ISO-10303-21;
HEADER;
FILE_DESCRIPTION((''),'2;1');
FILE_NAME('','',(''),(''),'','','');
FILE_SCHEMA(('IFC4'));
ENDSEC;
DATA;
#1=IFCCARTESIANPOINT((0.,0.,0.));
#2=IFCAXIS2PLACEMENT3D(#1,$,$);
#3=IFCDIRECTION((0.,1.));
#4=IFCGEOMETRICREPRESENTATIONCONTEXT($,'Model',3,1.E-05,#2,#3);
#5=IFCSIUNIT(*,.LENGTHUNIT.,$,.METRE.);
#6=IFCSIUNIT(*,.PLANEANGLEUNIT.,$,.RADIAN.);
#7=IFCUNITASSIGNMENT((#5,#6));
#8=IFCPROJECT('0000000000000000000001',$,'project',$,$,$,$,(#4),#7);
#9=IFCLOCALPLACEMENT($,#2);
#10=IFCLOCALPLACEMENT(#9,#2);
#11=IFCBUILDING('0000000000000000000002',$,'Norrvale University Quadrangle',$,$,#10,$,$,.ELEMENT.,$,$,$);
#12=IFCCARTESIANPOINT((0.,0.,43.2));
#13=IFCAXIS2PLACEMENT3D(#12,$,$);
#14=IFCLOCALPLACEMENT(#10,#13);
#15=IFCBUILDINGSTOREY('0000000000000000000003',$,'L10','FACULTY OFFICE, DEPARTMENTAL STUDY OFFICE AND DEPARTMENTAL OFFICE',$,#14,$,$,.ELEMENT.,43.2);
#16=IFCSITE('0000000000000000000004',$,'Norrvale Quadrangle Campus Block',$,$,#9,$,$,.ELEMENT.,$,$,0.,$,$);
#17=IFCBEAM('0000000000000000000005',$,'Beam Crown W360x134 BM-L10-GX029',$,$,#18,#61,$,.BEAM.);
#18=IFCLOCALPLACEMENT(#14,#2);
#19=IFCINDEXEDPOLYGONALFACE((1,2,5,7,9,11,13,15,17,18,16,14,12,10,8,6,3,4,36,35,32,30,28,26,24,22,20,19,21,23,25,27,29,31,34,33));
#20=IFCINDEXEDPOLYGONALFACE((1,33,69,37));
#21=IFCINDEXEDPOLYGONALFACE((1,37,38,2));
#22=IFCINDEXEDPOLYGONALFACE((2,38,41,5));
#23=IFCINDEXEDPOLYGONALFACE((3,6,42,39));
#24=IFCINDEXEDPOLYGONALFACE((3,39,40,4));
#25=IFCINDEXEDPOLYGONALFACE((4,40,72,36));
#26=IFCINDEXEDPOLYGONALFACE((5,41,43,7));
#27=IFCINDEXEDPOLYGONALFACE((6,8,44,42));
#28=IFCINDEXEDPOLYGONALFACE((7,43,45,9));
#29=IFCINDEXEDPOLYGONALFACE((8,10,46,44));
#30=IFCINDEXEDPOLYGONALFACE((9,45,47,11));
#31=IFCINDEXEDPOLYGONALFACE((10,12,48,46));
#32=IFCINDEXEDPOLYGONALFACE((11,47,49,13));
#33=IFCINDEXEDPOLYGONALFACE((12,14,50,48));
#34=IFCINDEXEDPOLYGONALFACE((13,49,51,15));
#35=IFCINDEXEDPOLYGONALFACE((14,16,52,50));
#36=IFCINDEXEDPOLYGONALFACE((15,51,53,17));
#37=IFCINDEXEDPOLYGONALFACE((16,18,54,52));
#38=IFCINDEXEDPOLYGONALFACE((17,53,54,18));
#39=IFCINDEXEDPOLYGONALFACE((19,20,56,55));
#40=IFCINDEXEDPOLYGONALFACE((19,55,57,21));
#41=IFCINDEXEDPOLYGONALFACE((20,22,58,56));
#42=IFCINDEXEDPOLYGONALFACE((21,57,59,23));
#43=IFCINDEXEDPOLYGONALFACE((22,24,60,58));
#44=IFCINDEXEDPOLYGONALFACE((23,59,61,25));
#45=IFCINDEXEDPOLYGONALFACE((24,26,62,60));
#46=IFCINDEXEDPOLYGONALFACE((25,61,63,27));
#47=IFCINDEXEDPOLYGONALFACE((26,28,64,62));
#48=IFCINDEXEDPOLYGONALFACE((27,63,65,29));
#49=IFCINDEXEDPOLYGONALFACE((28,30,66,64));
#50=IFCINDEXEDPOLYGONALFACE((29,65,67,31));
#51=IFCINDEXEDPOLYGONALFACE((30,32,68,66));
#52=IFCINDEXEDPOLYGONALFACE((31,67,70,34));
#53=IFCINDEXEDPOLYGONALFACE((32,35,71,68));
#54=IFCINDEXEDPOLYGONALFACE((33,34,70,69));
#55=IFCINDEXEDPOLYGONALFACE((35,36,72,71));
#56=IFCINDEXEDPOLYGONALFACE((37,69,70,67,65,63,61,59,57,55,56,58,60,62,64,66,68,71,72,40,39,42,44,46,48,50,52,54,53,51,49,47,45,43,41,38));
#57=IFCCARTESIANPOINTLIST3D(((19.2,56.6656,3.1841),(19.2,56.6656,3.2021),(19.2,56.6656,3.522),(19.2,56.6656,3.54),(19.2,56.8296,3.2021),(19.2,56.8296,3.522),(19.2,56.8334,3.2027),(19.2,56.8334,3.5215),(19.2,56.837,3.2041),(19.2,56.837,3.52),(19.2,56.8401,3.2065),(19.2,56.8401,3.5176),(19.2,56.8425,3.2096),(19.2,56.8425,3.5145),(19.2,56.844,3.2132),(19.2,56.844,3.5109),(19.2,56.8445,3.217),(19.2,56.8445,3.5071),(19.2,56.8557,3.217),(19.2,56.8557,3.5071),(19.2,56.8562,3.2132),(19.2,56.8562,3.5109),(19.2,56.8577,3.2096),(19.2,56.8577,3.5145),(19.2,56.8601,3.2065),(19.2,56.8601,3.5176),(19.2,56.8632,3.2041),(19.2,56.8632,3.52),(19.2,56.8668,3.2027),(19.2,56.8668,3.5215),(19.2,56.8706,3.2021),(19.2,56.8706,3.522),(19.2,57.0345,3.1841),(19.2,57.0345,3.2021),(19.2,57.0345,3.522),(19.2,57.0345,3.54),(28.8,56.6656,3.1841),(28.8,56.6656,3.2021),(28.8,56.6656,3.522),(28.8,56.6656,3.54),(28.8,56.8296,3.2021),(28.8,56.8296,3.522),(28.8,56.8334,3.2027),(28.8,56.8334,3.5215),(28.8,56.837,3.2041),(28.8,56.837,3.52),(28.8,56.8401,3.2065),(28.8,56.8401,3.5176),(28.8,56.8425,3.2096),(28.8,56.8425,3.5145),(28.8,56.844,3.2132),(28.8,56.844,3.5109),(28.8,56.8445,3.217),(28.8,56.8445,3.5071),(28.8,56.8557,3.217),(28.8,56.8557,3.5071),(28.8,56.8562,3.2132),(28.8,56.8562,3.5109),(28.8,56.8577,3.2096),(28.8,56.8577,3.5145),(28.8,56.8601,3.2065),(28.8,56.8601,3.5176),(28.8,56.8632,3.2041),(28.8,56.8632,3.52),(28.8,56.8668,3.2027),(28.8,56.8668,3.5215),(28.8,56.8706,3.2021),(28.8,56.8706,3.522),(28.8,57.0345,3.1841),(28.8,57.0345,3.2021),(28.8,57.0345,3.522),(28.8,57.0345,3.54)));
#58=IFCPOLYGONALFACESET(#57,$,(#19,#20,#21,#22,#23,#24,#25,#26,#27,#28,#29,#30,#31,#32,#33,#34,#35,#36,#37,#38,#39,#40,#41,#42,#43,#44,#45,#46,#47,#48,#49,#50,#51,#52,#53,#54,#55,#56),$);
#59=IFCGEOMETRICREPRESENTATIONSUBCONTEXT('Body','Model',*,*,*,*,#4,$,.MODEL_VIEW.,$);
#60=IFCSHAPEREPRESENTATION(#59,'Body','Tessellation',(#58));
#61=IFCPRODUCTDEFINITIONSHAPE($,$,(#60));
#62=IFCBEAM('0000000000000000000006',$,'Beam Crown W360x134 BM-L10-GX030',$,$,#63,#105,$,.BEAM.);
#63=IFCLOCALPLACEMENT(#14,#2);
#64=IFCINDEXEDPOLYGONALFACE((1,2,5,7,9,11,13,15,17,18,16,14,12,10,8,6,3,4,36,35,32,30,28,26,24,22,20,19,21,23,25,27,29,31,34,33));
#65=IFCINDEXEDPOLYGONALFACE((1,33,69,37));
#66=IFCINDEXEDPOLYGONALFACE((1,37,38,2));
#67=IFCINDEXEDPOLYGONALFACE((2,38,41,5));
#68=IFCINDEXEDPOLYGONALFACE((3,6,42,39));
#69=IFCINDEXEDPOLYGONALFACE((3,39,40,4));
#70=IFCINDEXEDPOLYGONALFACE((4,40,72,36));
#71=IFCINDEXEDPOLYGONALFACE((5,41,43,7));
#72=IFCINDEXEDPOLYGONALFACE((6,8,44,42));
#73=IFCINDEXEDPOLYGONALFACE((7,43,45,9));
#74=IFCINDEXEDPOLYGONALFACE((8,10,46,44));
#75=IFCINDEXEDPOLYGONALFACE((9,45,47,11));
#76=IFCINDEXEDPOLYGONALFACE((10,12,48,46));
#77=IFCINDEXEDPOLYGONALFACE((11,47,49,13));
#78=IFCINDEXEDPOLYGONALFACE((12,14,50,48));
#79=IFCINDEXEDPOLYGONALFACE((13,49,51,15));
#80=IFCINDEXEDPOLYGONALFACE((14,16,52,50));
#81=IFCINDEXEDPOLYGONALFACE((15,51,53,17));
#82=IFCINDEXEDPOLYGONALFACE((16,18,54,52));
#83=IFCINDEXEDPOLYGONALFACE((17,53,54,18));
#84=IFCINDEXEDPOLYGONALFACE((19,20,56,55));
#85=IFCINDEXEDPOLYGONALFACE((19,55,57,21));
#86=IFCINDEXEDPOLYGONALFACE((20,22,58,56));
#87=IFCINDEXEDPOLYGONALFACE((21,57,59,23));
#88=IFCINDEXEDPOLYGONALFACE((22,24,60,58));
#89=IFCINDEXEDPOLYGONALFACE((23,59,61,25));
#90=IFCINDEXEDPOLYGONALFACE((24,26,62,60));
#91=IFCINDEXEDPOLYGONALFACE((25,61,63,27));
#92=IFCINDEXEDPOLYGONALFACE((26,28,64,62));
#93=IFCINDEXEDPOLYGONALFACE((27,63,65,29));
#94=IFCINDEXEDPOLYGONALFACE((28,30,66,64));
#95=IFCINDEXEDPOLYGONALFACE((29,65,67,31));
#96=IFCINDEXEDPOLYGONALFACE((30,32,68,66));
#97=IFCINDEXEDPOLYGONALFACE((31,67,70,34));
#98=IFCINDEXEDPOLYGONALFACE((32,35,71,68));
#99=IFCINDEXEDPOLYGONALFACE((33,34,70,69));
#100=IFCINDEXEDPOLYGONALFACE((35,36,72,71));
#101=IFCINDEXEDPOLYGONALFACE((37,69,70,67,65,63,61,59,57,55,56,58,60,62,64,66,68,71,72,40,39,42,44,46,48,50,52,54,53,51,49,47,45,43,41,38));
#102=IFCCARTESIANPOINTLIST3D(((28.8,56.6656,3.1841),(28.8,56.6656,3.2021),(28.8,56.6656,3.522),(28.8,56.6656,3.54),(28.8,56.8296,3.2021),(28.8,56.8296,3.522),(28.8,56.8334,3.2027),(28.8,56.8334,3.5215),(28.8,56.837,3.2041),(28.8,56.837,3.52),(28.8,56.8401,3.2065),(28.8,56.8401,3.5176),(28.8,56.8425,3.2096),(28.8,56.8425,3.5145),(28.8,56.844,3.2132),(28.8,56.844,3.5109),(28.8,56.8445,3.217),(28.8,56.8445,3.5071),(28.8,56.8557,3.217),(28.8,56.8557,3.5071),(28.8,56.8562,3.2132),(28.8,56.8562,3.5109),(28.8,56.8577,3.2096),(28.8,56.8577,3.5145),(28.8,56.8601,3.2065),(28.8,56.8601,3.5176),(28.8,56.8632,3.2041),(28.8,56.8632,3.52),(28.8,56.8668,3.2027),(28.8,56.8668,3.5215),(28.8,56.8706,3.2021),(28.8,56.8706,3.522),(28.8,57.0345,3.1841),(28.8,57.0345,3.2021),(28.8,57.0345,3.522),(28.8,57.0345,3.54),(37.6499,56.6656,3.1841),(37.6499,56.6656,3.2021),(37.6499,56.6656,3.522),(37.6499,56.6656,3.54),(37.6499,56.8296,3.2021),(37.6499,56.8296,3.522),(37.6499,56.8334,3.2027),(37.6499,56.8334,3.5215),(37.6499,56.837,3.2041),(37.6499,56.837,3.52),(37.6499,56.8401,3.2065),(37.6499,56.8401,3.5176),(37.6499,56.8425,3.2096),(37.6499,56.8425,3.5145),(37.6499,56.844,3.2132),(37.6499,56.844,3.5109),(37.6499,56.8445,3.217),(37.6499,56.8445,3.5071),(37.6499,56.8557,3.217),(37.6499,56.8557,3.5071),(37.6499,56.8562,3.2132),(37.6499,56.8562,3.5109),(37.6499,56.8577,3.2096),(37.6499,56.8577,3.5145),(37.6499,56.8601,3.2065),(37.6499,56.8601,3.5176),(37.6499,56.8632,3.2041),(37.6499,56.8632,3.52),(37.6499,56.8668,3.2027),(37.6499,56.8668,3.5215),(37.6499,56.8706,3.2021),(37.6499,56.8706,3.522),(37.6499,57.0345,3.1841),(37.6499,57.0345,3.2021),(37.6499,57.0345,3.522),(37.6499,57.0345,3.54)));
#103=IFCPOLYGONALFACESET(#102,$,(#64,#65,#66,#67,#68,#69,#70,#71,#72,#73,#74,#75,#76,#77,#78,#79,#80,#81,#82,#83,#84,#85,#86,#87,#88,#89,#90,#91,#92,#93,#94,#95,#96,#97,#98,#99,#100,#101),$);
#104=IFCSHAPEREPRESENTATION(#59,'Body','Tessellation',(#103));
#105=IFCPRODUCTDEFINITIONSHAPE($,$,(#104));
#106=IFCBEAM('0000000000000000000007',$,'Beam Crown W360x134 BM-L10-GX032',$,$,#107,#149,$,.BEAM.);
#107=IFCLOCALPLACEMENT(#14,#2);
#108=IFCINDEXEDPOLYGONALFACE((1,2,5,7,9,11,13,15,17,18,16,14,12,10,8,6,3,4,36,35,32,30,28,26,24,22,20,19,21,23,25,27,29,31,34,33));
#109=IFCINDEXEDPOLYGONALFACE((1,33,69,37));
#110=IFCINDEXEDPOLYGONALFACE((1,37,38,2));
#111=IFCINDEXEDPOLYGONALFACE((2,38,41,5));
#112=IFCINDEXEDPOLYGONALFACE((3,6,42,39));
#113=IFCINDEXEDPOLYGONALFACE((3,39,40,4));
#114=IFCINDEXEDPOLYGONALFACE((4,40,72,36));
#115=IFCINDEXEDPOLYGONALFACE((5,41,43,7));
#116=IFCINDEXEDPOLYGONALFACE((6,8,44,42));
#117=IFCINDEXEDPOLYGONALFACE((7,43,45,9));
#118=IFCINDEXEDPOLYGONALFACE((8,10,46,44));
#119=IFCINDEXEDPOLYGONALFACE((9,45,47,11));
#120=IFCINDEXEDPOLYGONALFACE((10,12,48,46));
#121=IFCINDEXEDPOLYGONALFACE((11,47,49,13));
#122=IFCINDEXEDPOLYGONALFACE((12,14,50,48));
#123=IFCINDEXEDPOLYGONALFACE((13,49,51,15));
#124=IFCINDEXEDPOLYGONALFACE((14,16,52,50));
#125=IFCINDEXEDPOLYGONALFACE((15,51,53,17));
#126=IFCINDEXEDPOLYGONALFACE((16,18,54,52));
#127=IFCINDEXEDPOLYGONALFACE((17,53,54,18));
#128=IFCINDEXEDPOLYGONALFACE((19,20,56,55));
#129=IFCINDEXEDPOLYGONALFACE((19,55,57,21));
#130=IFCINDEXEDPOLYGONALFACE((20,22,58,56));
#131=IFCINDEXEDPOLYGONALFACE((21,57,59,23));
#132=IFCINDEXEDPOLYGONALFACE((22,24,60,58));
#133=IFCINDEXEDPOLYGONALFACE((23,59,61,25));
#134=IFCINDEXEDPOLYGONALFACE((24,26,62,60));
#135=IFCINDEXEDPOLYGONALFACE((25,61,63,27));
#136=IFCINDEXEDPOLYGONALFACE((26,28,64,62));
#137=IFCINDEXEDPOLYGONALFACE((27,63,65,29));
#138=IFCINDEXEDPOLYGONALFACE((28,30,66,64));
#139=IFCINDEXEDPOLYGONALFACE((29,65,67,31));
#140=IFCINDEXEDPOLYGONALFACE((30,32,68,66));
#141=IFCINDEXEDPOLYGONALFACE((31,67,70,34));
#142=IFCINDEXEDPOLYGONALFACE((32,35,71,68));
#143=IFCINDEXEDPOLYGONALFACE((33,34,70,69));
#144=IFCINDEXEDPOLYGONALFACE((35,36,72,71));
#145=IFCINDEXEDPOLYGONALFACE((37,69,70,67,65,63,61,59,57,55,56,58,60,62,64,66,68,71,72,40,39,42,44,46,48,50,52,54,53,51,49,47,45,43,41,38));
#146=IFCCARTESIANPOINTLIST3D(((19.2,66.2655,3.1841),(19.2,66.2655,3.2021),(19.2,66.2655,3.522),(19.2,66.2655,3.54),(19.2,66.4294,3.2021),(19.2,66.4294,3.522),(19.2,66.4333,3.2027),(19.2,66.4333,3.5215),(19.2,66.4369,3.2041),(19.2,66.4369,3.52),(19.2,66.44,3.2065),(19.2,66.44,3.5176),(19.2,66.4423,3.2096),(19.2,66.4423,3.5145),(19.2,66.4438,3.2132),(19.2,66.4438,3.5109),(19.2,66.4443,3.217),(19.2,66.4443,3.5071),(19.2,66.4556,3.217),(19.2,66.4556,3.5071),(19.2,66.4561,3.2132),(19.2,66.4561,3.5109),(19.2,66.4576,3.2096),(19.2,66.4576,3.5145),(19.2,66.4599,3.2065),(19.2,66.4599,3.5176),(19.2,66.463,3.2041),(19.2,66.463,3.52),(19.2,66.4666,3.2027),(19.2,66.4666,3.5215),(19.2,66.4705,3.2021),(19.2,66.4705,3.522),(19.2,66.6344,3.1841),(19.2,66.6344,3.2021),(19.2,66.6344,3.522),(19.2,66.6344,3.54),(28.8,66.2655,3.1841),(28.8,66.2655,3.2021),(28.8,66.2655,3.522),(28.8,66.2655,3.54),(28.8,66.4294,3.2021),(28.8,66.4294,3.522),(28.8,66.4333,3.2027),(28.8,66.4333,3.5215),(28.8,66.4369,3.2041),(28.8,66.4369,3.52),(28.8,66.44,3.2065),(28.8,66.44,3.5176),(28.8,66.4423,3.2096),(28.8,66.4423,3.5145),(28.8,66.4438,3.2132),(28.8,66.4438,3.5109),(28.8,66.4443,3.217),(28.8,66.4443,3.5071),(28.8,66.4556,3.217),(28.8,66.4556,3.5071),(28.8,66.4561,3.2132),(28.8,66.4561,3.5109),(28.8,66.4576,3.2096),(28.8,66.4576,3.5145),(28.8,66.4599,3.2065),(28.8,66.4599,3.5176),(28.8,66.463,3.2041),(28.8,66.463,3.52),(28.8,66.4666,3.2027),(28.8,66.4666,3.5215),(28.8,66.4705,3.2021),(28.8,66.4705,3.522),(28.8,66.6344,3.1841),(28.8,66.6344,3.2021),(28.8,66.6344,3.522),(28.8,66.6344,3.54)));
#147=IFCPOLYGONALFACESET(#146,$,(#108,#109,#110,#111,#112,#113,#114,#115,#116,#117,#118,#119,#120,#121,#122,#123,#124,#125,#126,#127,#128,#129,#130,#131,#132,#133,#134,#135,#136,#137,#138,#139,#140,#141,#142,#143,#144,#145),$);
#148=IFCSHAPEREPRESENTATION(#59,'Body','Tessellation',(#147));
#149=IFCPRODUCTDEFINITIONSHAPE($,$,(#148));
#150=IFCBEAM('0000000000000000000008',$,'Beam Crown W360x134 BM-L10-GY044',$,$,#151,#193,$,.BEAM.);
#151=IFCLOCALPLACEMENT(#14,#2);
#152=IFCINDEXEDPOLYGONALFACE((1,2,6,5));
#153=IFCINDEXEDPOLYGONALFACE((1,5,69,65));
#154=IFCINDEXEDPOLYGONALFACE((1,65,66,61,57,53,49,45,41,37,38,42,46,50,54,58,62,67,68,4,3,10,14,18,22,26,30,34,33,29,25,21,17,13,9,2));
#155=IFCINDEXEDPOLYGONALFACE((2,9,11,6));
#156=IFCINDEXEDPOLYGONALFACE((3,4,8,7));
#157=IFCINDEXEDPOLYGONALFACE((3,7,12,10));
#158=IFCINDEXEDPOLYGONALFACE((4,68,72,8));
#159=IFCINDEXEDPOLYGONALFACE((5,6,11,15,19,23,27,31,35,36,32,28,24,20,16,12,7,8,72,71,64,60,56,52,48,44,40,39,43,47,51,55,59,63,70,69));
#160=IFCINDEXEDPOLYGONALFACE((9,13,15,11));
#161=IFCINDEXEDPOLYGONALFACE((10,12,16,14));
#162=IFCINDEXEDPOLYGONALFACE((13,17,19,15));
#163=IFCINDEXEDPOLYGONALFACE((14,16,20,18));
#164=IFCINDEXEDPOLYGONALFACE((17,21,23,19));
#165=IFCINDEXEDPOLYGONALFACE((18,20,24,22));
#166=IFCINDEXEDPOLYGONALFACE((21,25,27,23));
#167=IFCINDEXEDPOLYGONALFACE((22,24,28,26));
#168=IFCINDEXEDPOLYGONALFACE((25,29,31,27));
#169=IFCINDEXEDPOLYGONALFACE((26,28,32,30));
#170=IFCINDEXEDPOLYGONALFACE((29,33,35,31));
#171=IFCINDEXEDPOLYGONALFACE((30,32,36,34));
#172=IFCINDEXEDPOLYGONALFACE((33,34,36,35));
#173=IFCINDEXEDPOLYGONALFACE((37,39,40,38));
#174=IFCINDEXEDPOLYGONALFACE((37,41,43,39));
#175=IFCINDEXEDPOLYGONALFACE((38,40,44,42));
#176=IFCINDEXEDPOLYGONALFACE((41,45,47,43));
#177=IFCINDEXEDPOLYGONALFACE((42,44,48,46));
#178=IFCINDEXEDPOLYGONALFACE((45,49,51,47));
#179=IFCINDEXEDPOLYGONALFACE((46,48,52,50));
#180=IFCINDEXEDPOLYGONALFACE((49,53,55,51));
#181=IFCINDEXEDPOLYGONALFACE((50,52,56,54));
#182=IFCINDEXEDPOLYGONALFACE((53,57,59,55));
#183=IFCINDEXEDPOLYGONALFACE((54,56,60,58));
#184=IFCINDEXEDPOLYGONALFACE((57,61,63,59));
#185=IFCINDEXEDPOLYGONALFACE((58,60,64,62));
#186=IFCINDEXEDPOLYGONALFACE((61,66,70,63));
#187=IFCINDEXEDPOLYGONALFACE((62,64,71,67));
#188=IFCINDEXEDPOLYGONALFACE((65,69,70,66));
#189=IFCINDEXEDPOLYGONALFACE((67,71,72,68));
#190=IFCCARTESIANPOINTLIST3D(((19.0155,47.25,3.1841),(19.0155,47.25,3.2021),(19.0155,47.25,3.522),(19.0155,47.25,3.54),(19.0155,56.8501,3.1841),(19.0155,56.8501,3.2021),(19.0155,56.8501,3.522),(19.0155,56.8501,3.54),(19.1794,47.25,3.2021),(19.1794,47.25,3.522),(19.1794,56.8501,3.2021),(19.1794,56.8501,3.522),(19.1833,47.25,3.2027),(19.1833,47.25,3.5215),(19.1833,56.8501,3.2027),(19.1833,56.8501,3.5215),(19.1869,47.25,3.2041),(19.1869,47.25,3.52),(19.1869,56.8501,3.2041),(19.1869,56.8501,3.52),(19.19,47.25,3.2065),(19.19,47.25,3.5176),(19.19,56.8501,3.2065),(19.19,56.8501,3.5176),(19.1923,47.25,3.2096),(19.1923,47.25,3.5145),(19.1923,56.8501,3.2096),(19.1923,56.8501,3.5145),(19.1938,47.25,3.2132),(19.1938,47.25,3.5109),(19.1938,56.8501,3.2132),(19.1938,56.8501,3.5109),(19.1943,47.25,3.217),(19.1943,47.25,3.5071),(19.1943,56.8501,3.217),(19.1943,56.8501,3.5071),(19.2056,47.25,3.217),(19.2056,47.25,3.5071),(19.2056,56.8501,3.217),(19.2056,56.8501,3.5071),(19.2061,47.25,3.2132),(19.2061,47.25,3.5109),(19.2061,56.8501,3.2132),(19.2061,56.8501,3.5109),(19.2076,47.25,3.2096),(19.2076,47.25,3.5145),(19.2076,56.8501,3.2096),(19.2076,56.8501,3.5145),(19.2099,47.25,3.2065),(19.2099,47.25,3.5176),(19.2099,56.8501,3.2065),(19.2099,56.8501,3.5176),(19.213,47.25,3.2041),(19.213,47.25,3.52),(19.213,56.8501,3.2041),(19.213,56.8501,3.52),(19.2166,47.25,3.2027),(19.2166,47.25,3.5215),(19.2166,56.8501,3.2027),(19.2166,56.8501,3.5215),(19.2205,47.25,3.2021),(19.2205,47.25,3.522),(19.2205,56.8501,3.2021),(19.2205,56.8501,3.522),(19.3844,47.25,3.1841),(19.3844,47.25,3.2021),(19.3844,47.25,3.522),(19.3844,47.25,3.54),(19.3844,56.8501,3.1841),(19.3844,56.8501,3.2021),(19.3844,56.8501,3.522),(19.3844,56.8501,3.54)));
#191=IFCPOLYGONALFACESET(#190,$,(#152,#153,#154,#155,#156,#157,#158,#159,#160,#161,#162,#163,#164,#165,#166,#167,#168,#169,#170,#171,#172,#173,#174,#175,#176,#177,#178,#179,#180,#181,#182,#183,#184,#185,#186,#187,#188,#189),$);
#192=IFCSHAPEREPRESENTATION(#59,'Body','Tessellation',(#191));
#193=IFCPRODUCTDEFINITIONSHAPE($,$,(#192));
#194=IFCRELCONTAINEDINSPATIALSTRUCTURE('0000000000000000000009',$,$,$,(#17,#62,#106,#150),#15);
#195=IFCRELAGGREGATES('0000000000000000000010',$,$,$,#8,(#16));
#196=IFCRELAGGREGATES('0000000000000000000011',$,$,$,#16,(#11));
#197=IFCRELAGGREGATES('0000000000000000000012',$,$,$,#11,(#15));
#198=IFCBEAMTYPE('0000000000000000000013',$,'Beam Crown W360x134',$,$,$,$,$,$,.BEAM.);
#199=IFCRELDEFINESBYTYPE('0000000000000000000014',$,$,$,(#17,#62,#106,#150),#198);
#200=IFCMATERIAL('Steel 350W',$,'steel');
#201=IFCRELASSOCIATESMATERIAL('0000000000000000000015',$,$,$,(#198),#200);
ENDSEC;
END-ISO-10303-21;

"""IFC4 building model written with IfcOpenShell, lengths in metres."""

from ifc_helpers import new_model, si_unit, direction, frame, origin, origin_2d, place, context, subcontext, project, spatial, i_section, extrude, material, material_profile, profile_set, type_object, element, save


model = new_model("IFC4")

# Units and contexts
model_context = context("Model", 3, precision=1e-05, world=origin(), true_north=direction((0.0, 1.0)))
body_context = subcontext(model_context, "Body", "Model", "MODEL_VIEW")
ifc_project = project(units=[si_unit("LENGTHUNIT", "METRE"), si_unit("PLANEANGLEUNIT", "RADIAN")], contexts=[model_context])

# Site, building, storey
site_placement = place(None, origin())
site = spatial("IfcSite", under=ifc_project, at=site_placement, Name="Norrvale Quadrangle Campus Block", CompositionType="ELEMENT", RefElevation=0.0)
building_placement = place(site_placement, origin())
building = spatial("IfcBuilding", under=site, at=building_placement, Name="Norrvale University Quadrangle", CompositionType="ELEMENT")
storey_placement = place(building_placement, frame((0.0, 0.0, 43.2)))
storey = spatial("IfcBuildingStorey", under=building, at=storey_placement, Name="L10", Description="FACULTY OFFICE, DEPARTMENTAL STUDY OFFICE AND DEPARTMENTAL OFFICE", CompositionType="ELEMENT", Elevation=43.2)

# Beams
ifc_material_1 = material(Name="Steel 350W", Category="steel")
ifc_material_profile_1 = material_profile(ifc_material_1, i_section(OverallWidth=0.3689, OverallDepth=0.356, WebThickness=0.0112, FlangeThickness=0.0181, FilletRadius=0.0149, at=origin_2d()), Name="Steel 350W")
ifc_profile_set_1 = profile_set([ifc_material_profile_1], Name="Steel 350W")
beam_type_1 = type_object("IfcBeamType", Name="Beam Crown W360x134", PredefinedType="BEAM", material=ifc_profile_set_1)
beam_1_placement = place(storey_placement, frame((19.2, 56.8501, 3.3621), z_axis=(1.0, 0.0, 0.0), x_axis=(0.0, 1.0, 0.0)))
element("IfcBeam", 1, at=beam_1_placement, inside=storey, type_object=beam_type_1, Name="Beam Crown W360x134 BM-L10-GX029", PredefinedType="BEAM", context=body_context, shape_type="SweptSolid", body=[
    extrude(i_section(OverallWidth=0.3689, OverallDepth=0.356, WebThickness=0.0112, FlangeThickness=0.0181, FilletRadius=0.0149, at=origin_2d()), origin(), (0.0, 0.0, 1.0), 9.6001),
])
beam_2_placement = place(storey_placement, frame((28.8, 56.8501, 3.3621), z_axis=(1.0, 0.0, 0.0), x_axis=(0.0, 1.0, 0.0)))
element("IfcBeam", 2, at=beam_2_placement, inside=storey, type_object=beam_type_1, Name="Beam Crown W360x134 BM-L10-GX030", PredefinedType="BEAM", context=body_context, shape_type="SweptSolid", body=[
    extrude(i_section(OverallWidth=0.3689, OverallDepth=0.356, WebThickness=0.0112, FlangeThickness=0.0181, FilletRadius=0.0149, at=origin_2d()), origin(), (0.0, 0.0, 1.0), 8.8499),
])
for number, where, z_axis, x_axis, name in (
    (3, (19.2, 66.45, 3.3621), (1.0, 0.0, 0.0), (0.0, 1.0, 0.0), "Beam Crown W360x134 BM-L10-GX032"),
    (4, (19.2, 47.25, 3.3621), (0.0, 1.0, 0.0), (-1.0, 0.0, 0.0), "Beam Crown W360x134 BM-L10-GY044"),
):
    element("IfcBeam", number, at=place(storey_placement, frame(where, z_axis=z_axis, x_axis=x_axis)), inside=storey, type_object=beam_type_1, Name=name, PredefinedType="BEAM", context=body_context, shape_type="SweptSolid", body=[
        extrude(i_section(OverallWidth=0.3689, OverallDepth=0.356, WebThickness=0.0112, FlangeThickness=0.0181, FilletRadius=0.0149, at=origin_2d()), origin(), (0.0, 0.0, 1.0), 9.6001),
    ])

save(model, "model.ifc")
